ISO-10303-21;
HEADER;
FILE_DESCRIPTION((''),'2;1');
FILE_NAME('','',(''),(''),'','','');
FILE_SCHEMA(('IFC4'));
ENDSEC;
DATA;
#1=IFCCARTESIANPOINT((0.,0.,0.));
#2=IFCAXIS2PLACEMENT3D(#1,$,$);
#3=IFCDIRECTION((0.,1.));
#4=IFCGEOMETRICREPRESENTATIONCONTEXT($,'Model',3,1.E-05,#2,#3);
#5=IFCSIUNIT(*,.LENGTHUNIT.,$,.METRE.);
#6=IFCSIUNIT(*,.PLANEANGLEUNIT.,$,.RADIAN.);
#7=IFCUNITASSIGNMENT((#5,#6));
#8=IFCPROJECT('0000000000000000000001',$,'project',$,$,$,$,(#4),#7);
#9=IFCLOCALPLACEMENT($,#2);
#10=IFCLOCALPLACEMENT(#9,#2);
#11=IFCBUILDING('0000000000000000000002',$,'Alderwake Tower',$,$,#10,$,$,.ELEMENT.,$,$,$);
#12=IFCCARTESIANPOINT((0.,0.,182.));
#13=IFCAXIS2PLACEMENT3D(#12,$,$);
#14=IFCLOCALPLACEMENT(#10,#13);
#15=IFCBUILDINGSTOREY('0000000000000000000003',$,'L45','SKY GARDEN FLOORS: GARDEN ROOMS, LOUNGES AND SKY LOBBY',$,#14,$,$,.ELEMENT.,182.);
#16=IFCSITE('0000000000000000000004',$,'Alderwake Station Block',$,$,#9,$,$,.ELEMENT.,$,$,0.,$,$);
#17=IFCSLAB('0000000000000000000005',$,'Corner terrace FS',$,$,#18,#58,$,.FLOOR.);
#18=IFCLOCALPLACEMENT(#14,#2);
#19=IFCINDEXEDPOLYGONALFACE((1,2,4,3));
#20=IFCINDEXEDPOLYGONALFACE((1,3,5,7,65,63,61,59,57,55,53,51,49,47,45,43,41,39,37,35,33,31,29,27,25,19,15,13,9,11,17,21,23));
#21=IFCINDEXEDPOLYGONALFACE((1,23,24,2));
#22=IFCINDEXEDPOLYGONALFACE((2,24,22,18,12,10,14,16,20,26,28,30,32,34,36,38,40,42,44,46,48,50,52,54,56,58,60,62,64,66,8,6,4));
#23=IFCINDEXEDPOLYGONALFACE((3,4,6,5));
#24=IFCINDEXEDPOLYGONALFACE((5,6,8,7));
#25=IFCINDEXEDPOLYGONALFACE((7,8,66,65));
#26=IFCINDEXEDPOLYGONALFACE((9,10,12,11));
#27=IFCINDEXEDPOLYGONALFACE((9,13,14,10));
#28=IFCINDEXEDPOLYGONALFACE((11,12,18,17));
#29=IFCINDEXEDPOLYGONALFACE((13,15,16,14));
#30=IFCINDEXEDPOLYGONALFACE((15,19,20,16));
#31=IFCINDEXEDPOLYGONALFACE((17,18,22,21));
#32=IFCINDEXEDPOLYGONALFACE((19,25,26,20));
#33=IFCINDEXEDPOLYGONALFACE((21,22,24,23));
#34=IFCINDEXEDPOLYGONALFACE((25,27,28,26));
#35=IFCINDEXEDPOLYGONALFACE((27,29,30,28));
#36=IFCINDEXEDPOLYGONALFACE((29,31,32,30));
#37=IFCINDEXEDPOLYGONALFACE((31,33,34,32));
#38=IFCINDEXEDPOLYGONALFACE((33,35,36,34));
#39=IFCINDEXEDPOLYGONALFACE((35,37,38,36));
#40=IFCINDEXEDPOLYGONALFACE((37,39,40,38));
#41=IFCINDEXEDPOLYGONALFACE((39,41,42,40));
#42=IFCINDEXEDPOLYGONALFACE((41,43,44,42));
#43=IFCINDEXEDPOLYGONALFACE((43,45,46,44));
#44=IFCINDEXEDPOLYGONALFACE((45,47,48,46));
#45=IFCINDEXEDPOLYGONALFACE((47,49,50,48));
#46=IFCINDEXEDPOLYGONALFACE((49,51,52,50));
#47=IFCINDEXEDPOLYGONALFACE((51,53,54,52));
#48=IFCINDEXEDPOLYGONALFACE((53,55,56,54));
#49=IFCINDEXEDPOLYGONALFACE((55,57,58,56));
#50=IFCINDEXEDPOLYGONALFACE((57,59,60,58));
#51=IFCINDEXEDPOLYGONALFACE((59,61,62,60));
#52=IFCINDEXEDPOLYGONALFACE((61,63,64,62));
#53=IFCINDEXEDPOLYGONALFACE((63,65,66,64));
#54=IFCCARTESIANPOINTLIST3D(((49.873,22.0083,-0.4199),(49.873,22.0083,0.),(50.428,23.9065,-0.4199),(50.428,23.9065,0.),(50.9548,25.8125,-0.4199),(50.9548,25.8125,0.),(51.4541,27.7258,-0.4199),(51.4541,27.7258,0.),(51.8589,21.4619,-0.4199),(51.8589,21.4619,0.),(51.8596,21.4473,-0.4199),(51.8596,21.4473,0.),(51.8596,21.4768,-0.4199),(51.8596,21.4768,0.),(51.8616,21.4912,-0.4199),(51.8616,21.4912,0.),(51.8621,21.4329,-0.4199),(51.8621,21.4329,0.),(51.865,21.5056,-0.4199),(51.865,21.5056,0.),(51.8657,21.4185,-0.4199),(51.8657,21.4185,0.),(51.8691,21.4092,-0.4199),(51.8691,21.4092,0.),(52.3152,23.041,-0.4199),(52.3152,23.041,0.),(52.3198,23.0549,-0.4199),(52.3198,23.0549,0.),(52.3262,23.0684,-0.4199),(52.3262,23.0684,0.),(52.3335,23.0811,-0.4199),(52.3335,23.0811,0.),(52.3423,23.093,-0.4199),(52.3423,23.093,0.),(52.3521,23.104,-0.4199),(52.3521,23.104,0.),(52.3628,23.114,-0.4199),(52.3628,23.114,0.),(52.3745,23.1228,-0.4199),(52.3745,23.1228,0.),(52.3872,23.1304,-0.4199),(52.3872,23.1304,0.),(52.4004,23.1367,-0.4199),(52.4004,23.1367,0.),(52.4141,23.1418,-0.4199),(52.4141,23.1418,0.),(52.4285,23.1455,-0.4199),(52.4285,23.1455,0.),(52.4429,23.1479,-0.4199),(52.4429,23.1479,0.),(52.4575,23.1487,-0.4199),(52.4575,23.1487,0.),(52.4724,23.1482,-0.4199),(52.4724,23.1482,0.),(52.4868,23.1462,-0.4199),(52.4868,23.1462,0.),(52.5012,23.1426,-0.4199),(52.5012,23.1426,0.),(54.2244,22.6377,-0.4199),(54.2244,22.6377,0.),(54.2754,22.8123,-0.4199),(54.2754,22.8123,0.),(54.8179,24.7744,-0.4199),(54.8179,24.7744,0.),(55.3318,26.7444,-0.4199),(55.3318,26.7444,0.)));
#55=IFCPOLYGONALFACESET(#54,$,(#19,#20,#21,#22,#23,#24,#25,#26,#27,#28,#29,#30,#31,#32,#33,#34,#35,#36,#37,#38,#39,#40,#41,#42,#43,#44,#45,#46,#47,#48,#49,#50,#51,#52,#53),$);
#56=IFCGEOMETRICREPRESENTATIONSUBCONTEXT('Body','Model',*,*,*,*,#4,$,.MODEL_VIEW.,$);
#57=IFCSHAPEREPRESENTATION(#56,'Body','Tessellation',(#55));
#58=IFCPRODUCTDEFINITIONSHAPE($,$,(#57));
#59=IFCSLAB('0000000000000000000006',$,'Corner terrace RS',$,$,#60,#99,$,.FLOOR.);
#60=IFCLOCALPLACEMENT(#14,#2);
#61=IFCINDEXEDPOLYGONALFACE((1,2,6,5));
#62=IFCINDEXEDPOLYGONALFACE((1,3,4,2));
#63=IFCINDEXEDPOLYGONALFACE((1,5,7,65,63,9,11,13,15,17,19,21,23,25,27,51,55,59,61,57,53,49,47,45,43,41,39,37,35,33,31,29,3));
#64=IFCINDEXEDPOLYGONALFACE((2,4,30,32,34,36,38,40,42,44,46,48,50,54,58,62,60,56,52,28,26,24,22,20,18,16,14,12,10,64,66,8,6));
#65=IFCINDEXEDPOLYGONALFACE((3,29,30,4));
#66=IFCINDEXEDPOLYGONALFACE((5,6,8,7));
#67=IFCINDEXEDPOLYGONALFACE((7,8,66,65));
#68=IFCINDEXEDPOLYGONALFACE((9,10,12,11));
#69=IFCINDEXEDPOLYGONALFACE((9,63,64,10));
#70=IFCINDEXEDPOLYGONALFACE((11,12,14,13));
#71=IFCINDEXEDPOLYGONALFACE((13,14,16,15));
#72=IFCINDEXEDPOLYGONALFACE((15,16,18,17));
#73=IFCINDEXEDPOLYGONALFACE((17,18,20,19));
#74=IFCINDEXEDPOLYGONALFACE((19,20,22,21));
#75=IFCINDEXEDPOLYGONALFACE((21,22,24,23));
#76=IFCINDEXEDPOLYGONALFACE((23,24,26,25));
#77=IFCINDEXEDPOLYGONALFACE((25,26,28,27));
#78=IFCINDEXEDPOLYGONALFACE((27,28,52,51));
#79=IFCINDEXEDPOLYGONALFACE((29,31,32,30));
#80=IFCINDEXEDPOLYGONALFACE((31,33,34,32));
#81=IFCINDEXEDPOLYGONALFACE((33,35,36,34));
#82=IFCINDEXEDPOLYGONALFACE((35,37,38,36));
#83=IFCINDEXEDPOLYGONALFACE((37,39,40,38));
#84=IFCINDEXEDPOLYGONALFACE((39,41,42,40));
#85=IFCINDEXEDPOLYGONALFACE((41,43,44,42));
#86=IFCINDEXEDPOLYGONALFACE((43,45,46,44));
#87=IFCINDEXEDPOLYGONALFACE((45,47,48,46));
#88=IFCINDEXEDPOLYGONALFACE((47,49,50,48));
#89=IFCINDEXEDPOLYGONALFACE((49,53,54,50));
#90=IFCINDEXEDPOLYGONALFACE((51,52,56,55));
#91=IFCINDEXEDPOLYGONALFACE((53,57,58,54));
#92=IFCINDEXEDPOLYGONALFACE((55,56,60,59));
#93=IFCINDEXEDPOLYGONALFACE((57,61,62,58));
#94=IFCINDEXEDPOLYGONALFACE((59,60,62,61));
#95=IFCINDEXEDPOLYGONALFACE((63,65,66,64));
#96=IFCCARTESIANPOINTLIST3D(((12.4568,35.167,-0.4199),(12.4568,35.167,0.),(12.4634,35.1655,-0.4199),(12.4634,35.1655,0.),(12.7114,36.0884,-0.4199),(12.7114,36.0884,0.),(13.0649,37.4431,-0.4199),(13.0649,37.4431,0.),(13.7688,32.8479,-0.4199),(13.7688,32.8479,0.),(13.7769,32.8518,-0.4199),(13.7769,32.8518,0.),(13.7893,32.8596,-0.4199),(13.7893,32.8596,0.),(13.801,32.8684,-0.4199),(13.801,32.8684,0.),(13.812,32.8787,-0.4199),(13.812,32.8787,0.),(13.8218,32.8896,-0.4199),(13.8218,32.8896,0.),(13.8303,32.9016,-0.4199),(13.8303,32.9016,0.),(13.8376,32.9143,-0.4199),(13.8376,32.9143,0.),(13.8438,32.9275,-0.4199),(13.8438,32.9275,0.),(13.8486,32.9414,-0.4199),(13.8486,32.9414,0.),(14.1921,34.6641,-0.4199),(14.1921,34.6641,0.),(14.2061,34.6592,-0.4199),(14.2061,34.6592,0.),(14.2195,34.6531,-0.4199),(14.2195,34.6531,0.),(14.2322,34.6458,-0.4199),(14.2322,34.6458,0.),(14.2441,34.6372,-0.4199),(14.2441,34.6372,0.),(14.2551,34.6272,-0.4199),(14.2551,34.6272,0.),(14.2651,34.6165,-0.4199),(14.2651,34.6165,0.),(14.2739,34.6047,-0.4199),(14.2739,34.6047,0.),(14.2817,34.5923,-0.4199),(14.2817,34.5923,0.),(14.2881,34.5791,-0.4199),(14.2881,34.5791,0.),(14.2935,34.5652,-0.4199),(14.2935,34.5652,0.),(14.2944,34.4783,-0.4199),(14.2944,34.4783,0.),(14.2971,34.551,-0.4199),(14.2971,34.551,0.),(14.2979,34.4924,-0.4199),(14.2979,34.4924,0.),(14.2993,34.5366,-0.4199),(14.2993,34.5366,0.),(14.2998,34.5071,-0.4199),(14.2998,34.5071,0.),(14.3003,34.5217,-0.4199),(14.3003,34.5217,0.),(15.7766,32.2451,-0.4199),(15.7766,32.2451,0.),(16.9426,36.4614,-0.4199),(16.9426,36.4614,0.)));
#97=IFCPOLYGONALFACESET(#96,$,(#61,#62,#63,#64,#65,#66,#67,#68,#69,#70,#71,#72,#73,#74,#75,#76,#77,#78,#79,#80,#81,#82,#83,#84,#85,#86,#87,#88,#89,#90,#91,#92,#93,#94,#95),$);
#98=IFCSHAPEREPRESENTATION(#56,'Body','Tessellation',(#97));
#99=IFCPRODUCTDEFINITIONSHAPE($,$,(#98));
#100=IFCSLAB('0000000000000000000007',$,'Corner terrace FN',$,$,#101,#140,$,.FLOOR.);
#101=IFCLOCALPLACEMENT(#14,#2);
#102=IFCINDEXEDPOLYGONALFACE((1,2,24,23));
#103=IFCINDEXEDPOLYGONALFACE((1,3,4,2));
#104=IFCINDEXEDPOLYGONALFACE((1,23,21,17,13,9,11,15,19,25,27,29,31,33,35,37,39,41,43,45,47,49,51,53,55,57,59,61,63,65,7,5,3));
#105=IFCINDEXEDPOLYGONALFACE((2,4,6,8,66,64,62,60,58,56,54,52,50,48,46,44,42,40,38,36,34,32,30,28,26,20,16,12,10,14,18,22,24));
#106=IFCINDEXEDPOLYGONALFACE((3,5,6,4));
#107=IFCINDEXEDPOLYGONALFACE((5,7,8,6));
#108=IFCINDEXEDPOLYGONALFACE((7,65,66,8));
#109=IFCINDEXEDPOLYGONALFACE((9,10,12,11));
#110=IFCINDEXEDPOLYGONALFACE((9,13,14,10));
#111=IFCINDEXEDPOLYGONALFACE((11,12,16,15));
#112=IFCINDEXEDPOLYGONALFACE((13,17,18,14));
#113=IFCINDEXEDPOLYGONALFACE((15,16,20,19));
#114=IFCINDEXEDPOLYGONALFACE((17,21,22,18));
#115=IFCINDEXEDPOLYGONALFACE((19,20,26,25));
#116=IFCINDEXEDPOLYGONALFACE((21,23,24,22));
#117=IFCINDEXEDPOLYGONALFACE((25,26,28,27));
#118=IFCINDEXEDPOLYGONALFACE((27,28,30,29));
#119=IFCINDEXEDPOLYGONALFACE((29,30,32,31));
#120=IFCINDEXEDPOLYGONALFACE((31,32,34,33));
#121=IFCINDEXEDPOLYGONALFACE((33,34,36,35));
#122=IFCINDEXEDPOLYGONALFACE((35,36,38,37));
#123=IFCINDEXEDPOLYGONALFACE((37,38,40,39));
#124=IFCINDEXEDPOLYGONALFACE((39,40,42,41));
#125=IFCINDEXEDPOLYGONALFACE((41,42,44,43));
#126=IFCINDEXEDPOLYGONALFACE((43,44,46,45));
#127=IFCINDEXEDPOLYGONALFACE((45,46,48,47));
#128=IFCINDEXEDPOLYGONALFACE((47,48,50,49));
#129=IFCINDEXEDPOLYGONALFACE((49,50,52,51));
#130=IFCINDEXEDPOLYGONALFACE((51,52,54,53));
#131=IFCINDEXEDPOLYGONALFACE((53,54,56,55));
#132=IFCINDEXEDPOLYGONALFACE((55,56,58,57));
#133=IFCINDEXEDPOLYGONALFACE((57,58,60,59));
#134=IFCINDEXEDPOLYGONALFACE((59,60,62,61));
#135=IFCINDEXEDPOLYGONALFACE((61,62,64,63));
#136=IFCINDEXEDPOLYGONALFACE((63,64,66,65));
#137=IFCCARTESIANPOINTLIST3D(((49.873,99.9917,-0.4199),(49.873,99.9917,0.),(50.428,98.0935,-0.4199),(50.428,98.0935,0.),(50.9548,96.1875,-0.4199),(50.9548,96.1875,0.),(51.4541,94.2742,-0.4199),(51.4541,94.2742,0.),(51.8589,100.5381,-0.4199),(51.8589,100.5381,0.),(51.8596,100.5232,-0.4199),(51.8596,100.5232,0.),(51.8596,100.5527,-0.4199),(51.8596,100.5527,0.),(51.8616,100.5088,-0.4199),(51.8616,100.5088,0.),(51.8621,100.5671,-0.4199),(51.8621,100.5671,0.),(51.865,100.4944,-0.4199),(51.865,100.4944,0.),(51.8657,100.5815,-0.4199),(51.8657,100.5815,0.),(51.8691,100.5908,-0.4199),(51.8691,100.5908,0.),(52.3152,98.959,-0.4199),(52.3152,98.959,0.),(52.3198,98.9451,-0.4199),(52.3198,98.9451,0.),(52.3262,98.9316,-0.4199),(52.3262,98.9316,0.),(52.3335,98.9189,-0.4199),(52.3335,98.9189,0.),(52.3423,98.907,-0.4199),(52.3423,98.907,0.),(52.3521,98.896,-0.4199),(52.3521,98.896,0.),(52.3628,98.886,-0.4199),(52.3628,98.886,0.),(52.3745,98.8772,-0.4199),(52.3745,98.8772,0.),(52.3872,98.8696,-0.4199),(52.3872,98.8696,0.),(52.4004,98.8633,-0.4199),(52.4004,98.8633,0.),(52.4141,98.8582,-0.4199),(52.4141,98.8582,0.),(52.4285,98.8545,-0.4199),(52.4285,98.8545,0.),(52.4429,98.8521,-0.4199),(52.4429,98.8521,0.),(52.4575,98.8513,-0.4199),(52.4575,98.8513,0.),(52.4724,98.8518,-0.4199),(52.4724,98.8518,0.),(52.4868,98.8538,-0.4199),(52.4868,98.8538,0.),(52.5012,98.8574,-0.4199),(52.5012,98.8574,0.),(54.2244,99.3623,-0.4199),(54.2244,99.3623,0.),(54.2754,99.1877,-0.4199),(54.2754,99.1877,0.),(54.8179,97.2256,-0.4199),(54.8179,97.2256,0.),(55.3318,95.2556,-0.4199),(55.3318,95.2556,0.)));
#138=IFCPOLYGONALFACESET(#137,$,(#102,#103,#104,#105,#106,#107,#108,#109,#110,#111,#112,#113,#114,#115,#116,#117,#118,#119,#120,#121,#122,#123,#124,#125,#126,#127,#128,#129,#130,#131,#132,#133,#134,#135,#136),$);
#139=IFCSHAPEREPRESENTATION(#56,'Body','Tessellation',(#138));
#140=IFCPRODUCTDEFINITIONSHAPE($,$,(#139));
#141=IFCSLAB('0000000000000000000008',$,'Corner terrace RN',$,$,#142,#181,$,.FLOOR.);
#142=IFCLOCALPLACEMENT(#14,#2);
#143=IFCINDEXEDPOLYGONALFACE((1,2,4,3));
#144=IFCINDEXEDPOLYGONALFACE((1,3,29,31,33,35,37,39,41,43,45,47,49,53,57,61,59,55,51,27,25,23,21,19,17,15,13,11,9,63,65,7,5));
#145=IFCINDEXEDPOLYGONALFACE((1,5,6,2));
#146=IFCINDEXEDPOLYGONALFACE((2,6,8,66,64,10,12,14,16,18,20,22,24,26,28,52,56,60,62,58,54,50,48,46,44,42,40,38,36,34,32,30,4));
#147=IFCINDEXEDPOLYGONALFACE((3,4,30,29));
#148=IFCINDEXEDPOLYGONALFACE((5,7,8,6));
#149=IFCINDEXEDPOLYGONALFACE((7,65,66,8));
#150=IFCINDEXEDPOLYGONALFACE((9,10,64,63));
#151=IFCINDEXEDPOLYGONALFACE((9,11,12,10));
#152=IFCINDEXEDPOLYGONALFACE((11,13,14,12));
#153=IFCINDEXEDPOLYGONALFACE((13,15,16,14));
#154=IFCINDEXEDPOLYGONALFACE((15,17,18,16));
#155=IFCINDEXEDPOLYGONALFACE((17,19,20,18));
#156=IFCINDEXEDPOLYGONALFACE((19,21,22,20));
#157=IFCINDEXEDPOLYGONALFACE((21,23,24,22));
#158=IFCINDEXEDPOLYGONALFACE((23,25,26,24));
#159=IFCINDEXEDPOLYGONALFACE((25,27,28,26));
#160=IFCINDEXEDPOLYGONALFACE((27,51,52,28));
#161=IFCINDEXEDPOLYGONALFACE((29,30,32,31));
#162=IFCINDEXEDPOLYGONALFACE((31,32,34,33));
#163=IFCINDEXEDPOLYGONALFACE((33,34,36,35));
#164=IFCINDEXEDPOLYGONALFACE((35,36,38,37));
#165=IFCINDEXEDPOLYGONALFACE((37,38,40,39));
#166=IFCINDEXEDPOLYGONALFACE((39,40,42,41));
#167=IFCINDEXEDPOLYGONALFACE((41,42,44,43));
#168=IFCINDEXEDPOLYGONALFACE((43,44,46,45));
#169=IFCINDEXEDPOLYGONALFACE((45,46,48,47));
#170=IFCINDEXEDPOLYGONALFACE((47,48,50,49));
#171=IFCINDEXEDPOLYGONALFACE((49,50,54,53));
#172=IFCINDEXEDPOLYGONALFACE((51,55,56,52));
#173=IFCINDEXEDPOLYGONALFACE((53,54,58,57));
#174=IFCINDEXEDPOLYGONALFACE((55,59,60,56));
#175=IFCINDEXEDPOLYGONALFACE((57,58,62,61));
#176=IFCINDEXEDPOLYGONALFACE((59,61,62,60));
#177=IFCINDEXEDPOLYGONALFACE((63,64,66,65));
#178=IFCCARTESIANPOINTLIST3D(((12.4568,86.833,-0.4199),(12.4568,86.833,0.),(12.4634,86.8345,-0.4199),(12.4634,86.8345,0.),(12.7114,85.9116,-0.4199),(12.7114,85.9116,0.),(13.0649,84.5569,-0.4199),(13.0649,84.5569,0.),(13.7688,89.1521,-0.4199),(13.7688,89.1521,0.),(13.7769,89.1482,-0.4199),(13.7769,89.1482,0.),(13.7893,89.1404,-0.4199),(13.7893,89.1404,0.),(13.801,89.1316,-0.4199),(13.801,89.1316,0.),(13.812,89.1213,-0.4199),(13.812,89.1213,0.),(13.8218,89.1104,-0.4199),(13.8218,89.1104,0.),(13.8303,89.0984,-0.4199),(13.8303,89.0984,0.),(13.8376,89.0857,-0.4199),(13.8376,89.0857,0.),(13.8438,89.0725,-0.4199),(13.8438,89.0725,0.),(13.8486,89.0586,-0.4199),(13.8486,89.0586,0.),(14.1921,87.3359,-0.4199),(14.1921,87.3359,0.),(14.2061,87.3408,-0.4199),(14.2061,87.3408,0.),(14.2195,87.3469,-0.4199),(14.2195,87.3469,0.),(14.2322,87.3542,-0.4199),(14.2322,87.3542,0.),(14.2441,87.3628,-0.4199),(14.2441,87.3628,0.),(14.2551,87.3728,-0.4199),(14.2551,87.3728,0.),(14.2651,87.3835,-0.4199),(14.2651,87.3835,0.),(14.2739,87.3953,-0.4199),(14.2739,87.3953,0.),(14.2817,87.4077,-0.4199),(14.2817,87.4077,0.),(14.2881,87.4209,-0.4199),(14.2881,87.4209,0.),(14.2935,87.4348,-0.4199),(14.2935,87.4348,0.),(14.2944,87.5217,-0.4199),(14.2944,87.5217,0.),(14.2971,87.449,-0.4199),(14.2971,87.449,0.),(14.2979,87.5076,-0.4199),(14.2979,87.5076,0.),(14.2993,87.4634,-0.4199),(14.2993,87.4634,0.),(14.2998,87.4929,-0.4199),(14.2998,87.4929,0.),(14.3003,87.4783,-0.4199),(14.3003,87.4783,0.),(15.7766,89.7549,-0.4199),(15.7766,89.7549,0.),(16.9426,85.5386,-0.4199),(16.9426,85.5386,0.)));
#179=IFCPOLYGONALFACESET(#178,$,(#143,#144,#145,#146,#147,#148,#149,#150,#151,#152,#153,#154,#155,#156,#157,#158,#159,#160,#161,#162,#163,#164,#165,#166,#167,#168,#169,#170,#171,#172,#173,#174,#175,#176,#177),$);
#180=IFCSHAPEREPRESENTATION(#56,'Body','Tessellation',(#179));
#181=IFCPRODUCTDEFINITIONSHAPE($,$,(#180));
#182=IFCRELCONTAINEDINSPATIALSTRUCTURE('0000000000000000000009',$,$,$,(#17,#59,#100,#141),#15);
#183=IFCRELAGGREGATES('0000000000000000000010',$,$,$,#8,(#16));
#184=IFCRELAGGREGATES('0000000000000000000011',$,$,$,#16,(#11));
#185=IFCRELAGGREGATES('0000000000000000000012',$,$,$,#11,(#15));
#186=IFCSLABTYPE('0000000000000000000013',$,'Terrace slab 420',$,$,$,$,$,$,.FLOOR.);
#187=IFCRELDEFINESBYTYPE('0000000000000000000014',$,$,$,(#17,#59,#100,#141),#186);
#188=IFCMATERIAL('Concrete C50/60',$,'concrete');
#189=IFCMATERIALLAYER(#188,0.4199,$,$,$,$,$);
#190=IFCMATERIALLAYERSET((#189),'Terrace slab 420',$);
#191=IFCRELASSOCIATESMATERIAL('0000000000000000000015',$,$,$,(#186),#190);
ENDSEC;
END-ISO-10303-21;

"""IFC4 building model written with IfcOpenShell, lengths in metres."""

from ifc_helpers import new_model, si_unit, direction, frame, origin, place, context, subcontext, project, spatial, polyline, outline, extrude, material, layer, layer_set, type_object, element, save


model = new_model("IFC4")

# Units and contexts
model_context = context("Model", 3, precision=1e-05, world=origin(), true_north=direction((0.0, 1.0)))
body_context = subcontext(model_context, "Body", "Model", "MODEL_VIEW")
ifc_project = project(units=[si_unit("LENGTHUNIT", "METRE"), si_unit("PLANEANGLEUNIT", "RADIAN")], contexts=[model_context])

# Site, building, storey
site_placement = place(None, origin())
site = spatial("IfcSite", under=ifc_project, at=site_placement, Name="Alderwake Station Block", CompositionType="ELEMENT", RefElevation=0.0)
building_placement = place(site_placement, origin())
building = spatial("IfcBuilding", under=site, at=building_placement, Name="Alderwake Tower", CompositionType="ELEMENT")
storey_placement = place(building_placement, frame((0.0, 0.0, 182.0)))
storey = spatial("IfcBuildingStorey", under=building, at=storey_placement, Name="L45", Description="SKY GARDEN FLOORS: GARDEN ROOMS, LOUNGES AND SKY LOBBY", CompositionType="ELEMENT", Elevation=182.0)

# Slabs
ifc_material_1 = material(Name="Concrete C50/60", Category="concrete")
ifc_layer_1 = layer(ifc_material_1, 0.4199)
ifc_layer_set_1 = layer_set([ifc_layer_1], Name="Terrace slab 420")
slab_type_1 = type_object("IfcSlabType", Name="Terrace slab 420", PredefinedType="FLOOR", material=ifc_layer_set_1)
slab_1_placement = place(storey_placement, frame((0.0, 0.0, -0.4199)))
element("IfcSlab", 1, at=slab_1_placement, inside=storey, type_object=slab_type_1, Name="Corner terrace FS", PredefinedType="FLOOR", context=body_context, shape_type="SweptSolid", body=[
    extrude(outline(polyline([(54.2754, 22.8123), (54.2244, 22.6377), (52.5012, 23.1426), (52.4868, 23.1462), (52.4724, 23.1482), (52.4575, 23.1487), (52.4429, 23.1479), (52.4285, 23.1455), (52.4141, 23.1418), (52.4004, 23.1367), (52.3872, 23.1304), (52.3745, 23.1228), (52.3628, 23.114), (52.3521, 23.104), (52.3423, 23.093), (52.3335, 23.0811), (52.3262, 23.0684), (52.3198, 23.0549), (52.3152, 23.041), (51.865, 21.5056), (51.8616, 21.4912), (51.8596, 21.4768), (51.8589, 21.4619), (51.8596, 21.4473), (51.8621, 21.4329), (51.8657, 21.4185), (51.8691, 21.4092), (49.873, 22.0083), (50.428, 23.9065), (50.9548, 25.8125), (51.4541, 27.7258), (55.3318, 26.7444), (54.8179, 24.7744), (54.2754, 22.8123)])), origin(), (0.0, 0.0, 1.0), 0.4199),
])
slab_2_placement = place(storey_placement, frame((0.0, 0.0, -0.4199)))
element("IfcSlab", 2, at=slab_2_placement, inside=storey, type_object=slab_type_1, Name="Corner terrace RS", PredefinedType="FLOOR", context=body_context, shape_type="SweptSolid", body=[
    extrude(outline(polyline([(15.7766, 32.2451), (13.7688, 32.8479), (13.7769, 32.8518), (13.7893, 32.8596), (13.801, 32.8684), (13.812, 32.8787), (13.8218, 32.8896), (13.8303, 32.9016), (13.8376, 32.9143), (13.8438, 32.9275), (13.8486, 32.9414), (14.2944, 34.4783), (14.2979, 34.4924), (14.2998, 34.5071), (14.3003, 34.5217), (14.2993, 34.5366), (14.2971, 34.551), (14.2935, 34.5652), (14.2881, 34.5791), (14.2817, 34.5923), (14.2739, 34.6047), (14.2651, 34.6165), (14.2551, 34.6272), (14.2441, 34.6372), (14.2322, 34.6458), (14.2195, 34.6531), (14.2061, 34.6592), (14.1921, 34.6641), (12.4634, 35.1655), (12.4568, 35.167), (12.7114, 36.0884), (13.0649, 37.4431), (16.9426, 36.4614), (15.7766, 32.2451)])), origin(), (0.0, 0.0, 1.0), 0.4199),
])
slab_3_placement = place(storey_placement, frame((0.0, 0.0, -0.4199)))
element("IfcSlab", 3, at=slab_3_placement, inside=storey, type_object=slab_type_1, Name="Corner terrace FN", PredefinedType="FLOOR", context=body_context, shape_type="SweptSolid", body=[
    extrude(outline(polyline([(54.2754, 99.1877), (54.8179, 97.2256), (55.3318, 95.2556), (51.4541, 94.2742), (50.9548, 96.1875), (50.428, 98.0935), (49.873, 99.9917), (51.8691, 100.5908), (51.8657, 100.5815), (51.8621, 100.5671), (51.8596, 100.5527), (51.8589, 100.5381), (51.8596, 100.5232), (51.8616, 100.5088), (51.865, 100.4944), (52.3152, 98.959), (52.3198, 98.9451), (52.3262, 98.9316), (52.3335, 98.9189), (52.3423, 98.907), (52.3521, 98.896), (52.3628, 98.886), (52.3745, 98.8772), (52.3872, 98.8696), (52.4004, 98.8633), (52.4141, 98.8582), (52.4285, 98.8545), (52.4429, 98.8521), (52.4575, 98.8513), (52.4724, 98.8518), (52.4868, 98.8538), (52.5012, 98.8574), (54.2244, 99.3623), (54.2754, 99.1877)])), origin(), (0.0, 0.0, 1.0), 0.4199),
])
slab_4_placement = place(storey_placement, frame((0.0, 0.0, -0.4199)))
element("IfcSlab", 4, at=slab_4_placement, inside=storey, type_object=slab_type_1, Name="Corner terrace RN", PredefinedType="FLOOR", context=body_context, shape_type="SweptSolid", body=[
    extrude(outline(polyline([(12.4568, 86.833), (12.4634, 86.8345), (14.1921, 87.3359), (14.2061, 87.3408), (14.2195, 87.3469), (14.2322, 87.3542), (14.2441, 87.3628), (14.2551, 87.3728), (14.2651, 87.3835), (14.2739, 87.3953), (14.2817, 87.4077), (14.2881, 87.4209), (14.2935, 87.4348), (14.2971, 87.449), (14.2993, 87.4634), (14.3003, 87.4783), (14.2998, 87.4929), (14.2979, 87.5076), (14.2944, 87.5217), (13.8486, 89.0586), (13.8438, 89.0725), (13.8376, 89.0857), (13.8303, 89.0984), (13.8218, 89.1104), (13.812, 89.1213), (13.801, 89.1316), (13.7893, 89.1404), (13.7769, 89.1482), (13.7688, 89.1521), (15.7766, 89.7549), (16.9426, 85.5386), (13.0649, 84.5569), (12.7114, 85.9116), (12.4568, 86.833)])), origin(), (0.0, 0.0, 1.0), 0.4199),
])

save(model, "model.ifc")
